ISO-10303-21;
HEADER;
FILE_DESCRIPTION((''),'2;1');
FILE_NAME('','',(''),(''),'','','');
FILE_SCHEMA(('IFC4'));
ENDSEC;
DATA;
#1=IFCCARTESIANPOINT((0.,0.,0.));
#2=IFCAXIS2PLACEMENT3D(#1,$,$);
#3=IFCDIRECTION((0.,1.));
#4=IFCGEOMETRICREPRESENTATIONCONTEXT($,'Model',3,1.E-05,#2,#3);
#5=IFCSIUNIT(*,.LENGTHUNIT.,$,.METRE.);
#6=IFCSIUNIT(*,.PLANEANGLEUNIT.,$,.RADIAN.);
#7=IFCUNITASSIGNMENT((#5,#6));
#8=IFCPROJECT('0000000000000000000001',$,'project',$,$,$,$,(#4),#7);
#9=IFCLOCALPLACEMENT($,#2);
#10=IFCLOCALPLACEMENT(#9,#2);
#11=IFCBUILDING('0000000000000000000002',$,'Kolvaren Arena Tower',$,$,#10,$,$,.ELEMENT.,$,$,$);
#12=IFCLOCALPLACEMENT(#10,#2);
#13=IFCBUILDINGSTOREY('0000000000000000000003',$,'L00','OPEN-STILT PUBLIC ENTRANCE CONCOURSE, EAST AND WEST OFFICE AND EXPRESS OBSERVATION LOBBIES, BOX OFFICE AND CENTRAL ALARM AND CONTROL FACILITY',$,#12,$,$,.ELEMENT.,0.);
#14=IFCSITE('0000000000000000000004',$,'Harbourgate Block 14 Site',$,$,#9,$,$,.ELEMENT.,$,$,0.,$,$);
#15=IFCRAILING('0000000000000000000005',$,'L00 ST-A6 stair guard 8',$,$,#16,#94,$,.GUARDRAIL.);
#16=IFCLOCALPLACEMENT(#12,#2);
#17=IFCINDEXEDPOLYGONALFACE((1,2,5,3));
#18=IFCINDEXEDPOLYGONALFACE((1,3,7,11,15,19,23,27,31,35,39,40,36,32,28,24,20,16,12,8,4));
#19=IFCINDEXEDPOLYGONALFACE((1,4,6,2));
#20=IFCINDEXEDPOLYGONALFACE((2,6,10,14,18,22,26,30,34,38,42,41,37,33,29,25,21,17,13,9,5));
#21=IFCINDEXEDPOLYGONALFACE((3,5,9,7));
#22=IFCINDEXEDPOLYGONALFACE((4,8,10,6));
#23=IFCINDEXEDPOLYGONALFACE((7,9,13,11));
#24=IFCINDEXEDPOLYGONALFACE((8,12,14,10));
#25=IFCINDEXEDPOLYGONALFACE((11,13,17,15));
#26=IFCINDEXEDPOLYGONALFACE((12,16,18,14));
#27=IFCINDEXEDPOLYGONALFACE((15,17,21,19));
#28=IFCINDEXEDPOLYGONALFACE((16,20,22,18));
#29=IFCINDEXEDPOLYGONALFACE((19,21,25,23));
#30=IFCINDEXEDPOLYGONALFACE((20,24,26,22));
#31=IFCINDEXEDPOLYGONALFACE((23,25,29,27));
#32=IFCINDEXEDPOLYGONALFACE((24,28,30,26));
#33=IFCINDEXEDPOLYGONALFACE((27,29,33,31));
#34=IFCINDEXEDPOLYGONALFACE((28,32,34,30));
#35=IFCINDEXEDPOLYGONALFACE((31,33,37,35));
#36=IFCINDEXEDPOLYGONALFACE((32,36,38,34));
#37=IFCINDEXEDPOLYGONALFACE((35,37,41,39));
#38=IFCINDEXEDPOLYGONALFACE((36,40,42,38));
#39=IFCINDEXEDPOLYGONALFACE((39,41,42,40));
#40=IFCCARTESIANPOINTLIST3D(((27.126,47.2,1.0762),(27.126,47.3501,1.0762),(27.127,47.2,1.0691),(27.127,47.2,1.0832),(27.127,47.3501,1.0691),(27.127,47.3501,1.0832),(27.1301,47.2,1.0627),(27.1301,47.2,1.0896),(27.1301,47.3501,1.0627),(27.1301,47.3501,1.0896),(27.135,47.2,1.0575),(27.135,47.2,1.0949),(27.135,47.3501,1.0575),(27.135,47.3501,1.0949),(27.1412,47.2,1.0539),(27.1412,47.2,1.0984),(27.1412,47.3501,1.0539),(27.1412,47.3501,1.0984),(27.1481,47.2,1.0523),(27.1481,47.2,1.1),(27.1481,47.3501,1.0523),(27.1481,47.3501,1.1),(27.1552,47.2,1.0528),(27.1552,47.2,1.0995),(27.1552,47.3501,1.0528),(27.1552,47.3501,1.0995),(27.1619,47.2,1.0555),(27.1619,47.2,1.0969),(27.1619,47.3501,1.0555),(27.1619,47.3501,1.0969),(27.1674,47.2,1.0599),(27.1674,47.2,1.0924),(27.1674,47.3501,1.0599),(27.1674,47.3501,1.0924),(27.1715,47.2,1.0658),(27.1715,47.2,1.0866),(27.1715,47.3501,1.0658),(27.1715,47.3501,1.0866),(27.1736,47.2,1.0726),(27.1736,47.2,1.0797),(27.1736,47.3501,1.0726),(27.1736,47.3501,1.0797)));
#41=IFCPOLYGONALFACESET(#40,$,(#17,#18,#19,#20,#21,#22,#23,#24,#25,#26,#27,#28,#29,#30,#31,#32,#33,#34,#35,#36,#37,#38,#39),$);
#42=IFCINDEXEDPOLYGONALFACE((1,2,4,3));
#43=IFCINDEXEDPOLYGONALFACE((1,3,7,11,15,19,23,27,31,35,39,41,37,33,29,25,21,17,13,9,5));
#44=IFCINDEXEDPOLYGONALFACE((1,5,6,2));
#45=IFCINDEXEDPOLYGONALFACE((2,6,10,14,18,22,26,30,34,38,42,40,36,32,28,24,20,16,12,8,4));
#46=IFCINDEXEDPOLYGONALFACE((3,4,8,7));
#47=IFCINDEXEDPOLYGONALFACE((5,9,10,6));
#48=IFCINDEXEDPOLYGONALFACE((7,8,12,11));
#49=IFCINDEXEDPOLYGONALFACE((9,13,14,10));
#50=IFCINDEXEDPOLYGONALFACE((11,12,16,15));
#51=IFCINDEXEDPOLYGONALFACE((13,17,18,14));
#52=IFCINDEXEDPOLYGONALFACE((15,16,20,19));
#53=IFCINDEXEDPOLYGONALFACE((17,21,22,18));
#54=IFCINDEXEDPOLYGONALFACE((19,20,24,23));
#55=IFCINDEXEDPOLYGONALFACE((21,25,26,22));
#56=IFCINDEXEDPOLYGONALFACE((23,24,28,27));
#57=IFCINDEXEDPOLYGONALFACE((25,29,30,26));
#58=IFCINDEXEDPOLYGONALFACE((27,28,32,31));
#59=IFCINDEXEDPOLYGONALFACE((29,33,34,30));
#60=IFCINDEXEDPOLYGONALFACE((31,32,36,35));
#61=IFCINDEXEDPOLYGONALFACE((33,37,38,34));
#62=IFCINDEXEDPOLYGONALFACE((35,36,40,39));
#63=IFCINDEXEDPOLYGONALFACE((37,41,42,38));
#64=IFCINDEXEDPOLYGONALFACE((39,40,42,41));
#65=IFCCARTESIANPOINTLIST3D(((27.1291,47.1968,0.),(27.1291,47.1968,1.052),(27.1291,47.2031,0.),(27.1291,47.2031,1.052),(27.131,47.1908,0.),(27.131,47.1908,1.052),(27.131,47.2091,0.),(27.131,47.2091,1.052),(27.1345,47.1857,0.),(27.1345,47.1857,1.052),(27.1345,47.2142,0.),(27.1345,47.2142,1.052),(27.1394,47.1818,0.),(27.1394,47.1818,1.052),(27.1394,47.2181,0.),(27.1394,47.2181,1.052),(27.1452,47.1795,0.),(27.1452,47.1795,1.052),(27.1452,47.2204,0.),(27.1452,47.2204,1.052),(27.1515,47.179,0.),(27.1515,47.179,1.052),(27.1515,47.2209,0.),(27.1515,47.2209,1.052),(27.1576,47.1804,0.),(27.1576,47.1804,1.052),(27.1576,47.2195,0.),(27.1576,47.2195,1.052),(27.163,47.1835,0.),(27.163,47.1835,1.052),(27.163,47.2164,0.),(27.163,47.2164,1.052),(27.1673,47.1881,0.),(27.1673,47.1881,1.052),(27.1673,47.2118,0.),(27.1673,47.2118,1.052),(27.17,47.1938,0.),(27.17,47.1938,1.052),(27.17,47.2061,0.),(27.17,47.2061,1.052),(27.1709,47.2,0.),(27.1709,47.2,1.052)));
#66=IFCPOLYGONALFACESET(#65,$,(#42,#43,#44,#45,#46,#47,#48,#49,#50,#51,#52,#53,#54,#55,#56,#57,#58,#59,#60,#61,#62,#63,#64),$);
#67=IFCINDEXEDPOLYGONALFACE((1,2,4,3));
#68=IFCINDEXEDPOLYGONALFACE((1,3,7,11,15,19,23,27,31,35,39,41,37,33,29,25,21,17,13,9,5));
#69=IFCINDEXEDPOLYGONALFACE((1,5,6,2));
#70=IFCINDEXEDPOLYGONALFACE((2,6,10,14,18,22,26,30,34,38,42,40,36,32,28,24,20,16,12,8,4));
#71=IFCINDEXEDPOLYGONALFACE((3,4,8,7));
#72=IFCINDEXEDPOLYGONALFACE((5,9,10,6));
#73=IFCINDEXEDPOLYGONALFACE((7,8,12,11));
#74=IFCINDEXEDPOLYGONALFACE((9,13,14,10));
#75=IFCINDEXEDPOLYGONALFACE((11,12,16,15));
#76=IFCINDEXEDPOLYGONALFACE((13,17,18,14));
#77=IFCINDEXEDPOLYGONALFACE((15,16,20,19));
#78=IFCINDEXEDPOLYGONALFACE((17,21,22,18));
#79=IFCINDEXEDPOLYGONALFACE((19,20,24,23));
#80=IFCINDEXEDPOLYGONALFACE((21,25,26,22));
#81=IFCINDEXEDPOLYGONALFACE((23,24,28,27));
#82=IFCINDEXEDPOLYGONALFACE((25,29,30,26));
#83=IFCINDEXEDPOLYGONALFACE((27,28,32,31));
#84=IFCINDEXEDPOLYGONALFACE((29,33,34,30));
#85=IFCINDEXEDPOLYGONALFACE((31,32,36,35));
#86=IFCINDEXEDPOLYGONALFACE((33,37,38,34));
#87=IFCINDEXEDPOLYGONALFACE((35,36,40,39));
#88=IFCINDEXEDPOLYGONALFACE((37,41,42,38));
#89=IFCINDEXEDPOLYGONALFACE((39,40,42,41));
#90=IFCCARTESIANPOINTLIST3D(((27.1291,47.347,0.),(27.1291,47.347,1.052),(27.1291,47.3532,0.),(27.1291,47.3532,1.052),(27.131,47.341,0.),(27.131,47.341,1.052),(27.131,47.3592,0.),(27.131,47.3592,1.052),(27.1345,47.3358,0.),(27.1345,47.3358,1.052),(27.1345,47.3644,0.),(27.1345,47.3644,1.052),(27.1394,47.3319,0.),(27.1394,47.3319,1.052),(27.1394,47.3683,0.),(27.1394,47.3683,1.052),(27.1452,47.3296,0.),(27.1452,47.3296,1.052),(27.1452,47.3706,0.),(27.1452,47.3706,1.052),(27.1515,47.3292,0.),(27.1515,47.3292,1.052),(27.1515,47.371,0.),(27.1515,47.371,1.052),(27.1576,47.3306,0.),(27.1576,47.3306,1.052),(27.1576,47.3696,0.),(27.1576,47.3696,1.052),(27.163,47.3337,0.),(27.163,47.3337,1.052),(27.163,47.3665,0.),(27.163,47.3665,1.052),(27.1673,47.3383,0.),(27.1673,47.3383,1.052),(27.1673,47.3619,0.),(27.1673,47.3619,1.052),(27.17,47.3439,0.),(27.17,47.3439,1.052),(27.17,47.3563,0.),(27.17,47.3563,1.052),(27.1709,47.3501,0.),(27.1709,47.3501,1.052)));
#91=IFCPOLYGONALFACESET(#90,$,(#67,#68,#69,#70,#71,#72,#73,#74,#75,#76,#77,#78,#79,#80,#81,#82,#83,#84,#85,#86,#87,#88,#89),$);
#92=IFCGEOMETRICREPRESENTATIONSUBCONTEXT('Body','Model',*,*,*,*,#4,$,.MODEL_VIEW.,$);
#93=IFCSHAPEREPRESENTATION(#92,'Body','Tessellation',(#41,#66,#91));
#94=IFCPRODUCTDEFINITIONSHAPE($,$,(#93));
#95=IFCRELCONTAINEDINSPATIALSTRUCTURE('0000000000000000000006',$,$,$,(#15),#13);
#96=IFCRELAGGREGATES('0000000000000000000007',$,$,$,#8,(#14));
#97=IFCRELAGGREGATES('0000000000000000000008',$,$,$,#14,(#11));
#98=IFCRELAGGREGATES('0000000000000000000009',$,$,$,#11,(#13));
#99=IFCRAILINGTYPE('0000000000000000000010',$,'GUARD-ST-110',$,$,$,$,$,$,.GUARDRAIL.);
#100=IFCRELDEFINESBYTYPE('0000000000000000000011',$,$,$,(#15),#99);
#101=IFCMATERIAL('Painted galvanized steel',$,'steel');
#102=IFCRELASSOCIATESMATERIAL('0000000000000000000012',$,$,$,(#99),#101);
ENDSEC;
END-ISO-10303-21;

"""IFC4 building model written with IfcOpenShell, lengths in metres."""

from ifc_helpers import new_model, si_unit, direction, frame, origin, origin_2d, place, context, subcontext, project, spatial, circle, extrude, material, type_object, element, save


model = new_model("IFC4")

# Units and contexts
model_context = context("Model", 3, precision=1e-05, world=origin(), true_north=direction((0.0, 1.0)))
body_context = subcontext(model_context, "Body", "Model", "MODEL_VIEW")
ifc_project = project(units=[si_unit("LENGTHUNIT", "METRE"), si_unit("PLANEANGLEUNIT", "RADIAN")], contexts=[model_context])

# Site, building, storey
site_placement = place(None, origin())
site = spatial("IfcSite", under=ifc_project, at=site_placement, Name="Harbourgate Block 14 Site", CompositionType="ELEMENT", RefElevation=0.0)
building_placement = place(site_placement, origin())
building = spatial("IfcBuilding", under=site, at=building_placement, Name="Kolvaren Arena Tower", CompositionType="ELEMENT")
storey_placement = place(building_placement, origin())
storey = spatial("IfcBuildingStorey", under=building, at=storey_placement, Name="L00", Description="OPEN-STILT PUBLIC ENTRANCE CONCOURSE, EAST AND WEST OFFICE AND EXPRESS OBSERVATION LOBBIES, BOX OFFICE AND CENTRAL ALARM AND CONTROL FACILITY", CompositionType="ELEMENT", Elevation=0.0)

# Railing
ifc_material_1 = material(Name="Painted galvanized steel", Category="steel")
railing_type_1 = type_object("IfcRailingType", Name="GUARD-ST-110", PredefinedType="GUARDRAIL", material=ifc_material_1)
railing_1_placement = place(storey_placement, frame((27.1499, 47.2, 0.0)))
element("IfcRailing", 1, at=railing_1_placement, inside=storey, type_object=railing_type_1, Name="L00 ST-A6 stair guard 8", PredefinedType="GUARDRAIL", context=body_context, shape_type="SweptSolid", body=[
    extrude(circle(Radius=0.0239, at=origin_2d()), frame((0.0, 0.0, 1.0762), z_axis=(0.0, 1.0, 0.0), x_axis=(-1.0, 0.0, 0.0)), (0.0, 0.0, 1.0), 0.1501),
    extrude(circle(Radius=0.021, at=origin_2d()), origin(), (0.0, 0.0, 1.0), 1.052),
    extrude(circle(Radius=0.021, at=origin_2d()), frame((0.0, 0.1501, 0.0)), (0.0, 0.0, 1.0), 1.052),
])

save(model, "model.ifc")
